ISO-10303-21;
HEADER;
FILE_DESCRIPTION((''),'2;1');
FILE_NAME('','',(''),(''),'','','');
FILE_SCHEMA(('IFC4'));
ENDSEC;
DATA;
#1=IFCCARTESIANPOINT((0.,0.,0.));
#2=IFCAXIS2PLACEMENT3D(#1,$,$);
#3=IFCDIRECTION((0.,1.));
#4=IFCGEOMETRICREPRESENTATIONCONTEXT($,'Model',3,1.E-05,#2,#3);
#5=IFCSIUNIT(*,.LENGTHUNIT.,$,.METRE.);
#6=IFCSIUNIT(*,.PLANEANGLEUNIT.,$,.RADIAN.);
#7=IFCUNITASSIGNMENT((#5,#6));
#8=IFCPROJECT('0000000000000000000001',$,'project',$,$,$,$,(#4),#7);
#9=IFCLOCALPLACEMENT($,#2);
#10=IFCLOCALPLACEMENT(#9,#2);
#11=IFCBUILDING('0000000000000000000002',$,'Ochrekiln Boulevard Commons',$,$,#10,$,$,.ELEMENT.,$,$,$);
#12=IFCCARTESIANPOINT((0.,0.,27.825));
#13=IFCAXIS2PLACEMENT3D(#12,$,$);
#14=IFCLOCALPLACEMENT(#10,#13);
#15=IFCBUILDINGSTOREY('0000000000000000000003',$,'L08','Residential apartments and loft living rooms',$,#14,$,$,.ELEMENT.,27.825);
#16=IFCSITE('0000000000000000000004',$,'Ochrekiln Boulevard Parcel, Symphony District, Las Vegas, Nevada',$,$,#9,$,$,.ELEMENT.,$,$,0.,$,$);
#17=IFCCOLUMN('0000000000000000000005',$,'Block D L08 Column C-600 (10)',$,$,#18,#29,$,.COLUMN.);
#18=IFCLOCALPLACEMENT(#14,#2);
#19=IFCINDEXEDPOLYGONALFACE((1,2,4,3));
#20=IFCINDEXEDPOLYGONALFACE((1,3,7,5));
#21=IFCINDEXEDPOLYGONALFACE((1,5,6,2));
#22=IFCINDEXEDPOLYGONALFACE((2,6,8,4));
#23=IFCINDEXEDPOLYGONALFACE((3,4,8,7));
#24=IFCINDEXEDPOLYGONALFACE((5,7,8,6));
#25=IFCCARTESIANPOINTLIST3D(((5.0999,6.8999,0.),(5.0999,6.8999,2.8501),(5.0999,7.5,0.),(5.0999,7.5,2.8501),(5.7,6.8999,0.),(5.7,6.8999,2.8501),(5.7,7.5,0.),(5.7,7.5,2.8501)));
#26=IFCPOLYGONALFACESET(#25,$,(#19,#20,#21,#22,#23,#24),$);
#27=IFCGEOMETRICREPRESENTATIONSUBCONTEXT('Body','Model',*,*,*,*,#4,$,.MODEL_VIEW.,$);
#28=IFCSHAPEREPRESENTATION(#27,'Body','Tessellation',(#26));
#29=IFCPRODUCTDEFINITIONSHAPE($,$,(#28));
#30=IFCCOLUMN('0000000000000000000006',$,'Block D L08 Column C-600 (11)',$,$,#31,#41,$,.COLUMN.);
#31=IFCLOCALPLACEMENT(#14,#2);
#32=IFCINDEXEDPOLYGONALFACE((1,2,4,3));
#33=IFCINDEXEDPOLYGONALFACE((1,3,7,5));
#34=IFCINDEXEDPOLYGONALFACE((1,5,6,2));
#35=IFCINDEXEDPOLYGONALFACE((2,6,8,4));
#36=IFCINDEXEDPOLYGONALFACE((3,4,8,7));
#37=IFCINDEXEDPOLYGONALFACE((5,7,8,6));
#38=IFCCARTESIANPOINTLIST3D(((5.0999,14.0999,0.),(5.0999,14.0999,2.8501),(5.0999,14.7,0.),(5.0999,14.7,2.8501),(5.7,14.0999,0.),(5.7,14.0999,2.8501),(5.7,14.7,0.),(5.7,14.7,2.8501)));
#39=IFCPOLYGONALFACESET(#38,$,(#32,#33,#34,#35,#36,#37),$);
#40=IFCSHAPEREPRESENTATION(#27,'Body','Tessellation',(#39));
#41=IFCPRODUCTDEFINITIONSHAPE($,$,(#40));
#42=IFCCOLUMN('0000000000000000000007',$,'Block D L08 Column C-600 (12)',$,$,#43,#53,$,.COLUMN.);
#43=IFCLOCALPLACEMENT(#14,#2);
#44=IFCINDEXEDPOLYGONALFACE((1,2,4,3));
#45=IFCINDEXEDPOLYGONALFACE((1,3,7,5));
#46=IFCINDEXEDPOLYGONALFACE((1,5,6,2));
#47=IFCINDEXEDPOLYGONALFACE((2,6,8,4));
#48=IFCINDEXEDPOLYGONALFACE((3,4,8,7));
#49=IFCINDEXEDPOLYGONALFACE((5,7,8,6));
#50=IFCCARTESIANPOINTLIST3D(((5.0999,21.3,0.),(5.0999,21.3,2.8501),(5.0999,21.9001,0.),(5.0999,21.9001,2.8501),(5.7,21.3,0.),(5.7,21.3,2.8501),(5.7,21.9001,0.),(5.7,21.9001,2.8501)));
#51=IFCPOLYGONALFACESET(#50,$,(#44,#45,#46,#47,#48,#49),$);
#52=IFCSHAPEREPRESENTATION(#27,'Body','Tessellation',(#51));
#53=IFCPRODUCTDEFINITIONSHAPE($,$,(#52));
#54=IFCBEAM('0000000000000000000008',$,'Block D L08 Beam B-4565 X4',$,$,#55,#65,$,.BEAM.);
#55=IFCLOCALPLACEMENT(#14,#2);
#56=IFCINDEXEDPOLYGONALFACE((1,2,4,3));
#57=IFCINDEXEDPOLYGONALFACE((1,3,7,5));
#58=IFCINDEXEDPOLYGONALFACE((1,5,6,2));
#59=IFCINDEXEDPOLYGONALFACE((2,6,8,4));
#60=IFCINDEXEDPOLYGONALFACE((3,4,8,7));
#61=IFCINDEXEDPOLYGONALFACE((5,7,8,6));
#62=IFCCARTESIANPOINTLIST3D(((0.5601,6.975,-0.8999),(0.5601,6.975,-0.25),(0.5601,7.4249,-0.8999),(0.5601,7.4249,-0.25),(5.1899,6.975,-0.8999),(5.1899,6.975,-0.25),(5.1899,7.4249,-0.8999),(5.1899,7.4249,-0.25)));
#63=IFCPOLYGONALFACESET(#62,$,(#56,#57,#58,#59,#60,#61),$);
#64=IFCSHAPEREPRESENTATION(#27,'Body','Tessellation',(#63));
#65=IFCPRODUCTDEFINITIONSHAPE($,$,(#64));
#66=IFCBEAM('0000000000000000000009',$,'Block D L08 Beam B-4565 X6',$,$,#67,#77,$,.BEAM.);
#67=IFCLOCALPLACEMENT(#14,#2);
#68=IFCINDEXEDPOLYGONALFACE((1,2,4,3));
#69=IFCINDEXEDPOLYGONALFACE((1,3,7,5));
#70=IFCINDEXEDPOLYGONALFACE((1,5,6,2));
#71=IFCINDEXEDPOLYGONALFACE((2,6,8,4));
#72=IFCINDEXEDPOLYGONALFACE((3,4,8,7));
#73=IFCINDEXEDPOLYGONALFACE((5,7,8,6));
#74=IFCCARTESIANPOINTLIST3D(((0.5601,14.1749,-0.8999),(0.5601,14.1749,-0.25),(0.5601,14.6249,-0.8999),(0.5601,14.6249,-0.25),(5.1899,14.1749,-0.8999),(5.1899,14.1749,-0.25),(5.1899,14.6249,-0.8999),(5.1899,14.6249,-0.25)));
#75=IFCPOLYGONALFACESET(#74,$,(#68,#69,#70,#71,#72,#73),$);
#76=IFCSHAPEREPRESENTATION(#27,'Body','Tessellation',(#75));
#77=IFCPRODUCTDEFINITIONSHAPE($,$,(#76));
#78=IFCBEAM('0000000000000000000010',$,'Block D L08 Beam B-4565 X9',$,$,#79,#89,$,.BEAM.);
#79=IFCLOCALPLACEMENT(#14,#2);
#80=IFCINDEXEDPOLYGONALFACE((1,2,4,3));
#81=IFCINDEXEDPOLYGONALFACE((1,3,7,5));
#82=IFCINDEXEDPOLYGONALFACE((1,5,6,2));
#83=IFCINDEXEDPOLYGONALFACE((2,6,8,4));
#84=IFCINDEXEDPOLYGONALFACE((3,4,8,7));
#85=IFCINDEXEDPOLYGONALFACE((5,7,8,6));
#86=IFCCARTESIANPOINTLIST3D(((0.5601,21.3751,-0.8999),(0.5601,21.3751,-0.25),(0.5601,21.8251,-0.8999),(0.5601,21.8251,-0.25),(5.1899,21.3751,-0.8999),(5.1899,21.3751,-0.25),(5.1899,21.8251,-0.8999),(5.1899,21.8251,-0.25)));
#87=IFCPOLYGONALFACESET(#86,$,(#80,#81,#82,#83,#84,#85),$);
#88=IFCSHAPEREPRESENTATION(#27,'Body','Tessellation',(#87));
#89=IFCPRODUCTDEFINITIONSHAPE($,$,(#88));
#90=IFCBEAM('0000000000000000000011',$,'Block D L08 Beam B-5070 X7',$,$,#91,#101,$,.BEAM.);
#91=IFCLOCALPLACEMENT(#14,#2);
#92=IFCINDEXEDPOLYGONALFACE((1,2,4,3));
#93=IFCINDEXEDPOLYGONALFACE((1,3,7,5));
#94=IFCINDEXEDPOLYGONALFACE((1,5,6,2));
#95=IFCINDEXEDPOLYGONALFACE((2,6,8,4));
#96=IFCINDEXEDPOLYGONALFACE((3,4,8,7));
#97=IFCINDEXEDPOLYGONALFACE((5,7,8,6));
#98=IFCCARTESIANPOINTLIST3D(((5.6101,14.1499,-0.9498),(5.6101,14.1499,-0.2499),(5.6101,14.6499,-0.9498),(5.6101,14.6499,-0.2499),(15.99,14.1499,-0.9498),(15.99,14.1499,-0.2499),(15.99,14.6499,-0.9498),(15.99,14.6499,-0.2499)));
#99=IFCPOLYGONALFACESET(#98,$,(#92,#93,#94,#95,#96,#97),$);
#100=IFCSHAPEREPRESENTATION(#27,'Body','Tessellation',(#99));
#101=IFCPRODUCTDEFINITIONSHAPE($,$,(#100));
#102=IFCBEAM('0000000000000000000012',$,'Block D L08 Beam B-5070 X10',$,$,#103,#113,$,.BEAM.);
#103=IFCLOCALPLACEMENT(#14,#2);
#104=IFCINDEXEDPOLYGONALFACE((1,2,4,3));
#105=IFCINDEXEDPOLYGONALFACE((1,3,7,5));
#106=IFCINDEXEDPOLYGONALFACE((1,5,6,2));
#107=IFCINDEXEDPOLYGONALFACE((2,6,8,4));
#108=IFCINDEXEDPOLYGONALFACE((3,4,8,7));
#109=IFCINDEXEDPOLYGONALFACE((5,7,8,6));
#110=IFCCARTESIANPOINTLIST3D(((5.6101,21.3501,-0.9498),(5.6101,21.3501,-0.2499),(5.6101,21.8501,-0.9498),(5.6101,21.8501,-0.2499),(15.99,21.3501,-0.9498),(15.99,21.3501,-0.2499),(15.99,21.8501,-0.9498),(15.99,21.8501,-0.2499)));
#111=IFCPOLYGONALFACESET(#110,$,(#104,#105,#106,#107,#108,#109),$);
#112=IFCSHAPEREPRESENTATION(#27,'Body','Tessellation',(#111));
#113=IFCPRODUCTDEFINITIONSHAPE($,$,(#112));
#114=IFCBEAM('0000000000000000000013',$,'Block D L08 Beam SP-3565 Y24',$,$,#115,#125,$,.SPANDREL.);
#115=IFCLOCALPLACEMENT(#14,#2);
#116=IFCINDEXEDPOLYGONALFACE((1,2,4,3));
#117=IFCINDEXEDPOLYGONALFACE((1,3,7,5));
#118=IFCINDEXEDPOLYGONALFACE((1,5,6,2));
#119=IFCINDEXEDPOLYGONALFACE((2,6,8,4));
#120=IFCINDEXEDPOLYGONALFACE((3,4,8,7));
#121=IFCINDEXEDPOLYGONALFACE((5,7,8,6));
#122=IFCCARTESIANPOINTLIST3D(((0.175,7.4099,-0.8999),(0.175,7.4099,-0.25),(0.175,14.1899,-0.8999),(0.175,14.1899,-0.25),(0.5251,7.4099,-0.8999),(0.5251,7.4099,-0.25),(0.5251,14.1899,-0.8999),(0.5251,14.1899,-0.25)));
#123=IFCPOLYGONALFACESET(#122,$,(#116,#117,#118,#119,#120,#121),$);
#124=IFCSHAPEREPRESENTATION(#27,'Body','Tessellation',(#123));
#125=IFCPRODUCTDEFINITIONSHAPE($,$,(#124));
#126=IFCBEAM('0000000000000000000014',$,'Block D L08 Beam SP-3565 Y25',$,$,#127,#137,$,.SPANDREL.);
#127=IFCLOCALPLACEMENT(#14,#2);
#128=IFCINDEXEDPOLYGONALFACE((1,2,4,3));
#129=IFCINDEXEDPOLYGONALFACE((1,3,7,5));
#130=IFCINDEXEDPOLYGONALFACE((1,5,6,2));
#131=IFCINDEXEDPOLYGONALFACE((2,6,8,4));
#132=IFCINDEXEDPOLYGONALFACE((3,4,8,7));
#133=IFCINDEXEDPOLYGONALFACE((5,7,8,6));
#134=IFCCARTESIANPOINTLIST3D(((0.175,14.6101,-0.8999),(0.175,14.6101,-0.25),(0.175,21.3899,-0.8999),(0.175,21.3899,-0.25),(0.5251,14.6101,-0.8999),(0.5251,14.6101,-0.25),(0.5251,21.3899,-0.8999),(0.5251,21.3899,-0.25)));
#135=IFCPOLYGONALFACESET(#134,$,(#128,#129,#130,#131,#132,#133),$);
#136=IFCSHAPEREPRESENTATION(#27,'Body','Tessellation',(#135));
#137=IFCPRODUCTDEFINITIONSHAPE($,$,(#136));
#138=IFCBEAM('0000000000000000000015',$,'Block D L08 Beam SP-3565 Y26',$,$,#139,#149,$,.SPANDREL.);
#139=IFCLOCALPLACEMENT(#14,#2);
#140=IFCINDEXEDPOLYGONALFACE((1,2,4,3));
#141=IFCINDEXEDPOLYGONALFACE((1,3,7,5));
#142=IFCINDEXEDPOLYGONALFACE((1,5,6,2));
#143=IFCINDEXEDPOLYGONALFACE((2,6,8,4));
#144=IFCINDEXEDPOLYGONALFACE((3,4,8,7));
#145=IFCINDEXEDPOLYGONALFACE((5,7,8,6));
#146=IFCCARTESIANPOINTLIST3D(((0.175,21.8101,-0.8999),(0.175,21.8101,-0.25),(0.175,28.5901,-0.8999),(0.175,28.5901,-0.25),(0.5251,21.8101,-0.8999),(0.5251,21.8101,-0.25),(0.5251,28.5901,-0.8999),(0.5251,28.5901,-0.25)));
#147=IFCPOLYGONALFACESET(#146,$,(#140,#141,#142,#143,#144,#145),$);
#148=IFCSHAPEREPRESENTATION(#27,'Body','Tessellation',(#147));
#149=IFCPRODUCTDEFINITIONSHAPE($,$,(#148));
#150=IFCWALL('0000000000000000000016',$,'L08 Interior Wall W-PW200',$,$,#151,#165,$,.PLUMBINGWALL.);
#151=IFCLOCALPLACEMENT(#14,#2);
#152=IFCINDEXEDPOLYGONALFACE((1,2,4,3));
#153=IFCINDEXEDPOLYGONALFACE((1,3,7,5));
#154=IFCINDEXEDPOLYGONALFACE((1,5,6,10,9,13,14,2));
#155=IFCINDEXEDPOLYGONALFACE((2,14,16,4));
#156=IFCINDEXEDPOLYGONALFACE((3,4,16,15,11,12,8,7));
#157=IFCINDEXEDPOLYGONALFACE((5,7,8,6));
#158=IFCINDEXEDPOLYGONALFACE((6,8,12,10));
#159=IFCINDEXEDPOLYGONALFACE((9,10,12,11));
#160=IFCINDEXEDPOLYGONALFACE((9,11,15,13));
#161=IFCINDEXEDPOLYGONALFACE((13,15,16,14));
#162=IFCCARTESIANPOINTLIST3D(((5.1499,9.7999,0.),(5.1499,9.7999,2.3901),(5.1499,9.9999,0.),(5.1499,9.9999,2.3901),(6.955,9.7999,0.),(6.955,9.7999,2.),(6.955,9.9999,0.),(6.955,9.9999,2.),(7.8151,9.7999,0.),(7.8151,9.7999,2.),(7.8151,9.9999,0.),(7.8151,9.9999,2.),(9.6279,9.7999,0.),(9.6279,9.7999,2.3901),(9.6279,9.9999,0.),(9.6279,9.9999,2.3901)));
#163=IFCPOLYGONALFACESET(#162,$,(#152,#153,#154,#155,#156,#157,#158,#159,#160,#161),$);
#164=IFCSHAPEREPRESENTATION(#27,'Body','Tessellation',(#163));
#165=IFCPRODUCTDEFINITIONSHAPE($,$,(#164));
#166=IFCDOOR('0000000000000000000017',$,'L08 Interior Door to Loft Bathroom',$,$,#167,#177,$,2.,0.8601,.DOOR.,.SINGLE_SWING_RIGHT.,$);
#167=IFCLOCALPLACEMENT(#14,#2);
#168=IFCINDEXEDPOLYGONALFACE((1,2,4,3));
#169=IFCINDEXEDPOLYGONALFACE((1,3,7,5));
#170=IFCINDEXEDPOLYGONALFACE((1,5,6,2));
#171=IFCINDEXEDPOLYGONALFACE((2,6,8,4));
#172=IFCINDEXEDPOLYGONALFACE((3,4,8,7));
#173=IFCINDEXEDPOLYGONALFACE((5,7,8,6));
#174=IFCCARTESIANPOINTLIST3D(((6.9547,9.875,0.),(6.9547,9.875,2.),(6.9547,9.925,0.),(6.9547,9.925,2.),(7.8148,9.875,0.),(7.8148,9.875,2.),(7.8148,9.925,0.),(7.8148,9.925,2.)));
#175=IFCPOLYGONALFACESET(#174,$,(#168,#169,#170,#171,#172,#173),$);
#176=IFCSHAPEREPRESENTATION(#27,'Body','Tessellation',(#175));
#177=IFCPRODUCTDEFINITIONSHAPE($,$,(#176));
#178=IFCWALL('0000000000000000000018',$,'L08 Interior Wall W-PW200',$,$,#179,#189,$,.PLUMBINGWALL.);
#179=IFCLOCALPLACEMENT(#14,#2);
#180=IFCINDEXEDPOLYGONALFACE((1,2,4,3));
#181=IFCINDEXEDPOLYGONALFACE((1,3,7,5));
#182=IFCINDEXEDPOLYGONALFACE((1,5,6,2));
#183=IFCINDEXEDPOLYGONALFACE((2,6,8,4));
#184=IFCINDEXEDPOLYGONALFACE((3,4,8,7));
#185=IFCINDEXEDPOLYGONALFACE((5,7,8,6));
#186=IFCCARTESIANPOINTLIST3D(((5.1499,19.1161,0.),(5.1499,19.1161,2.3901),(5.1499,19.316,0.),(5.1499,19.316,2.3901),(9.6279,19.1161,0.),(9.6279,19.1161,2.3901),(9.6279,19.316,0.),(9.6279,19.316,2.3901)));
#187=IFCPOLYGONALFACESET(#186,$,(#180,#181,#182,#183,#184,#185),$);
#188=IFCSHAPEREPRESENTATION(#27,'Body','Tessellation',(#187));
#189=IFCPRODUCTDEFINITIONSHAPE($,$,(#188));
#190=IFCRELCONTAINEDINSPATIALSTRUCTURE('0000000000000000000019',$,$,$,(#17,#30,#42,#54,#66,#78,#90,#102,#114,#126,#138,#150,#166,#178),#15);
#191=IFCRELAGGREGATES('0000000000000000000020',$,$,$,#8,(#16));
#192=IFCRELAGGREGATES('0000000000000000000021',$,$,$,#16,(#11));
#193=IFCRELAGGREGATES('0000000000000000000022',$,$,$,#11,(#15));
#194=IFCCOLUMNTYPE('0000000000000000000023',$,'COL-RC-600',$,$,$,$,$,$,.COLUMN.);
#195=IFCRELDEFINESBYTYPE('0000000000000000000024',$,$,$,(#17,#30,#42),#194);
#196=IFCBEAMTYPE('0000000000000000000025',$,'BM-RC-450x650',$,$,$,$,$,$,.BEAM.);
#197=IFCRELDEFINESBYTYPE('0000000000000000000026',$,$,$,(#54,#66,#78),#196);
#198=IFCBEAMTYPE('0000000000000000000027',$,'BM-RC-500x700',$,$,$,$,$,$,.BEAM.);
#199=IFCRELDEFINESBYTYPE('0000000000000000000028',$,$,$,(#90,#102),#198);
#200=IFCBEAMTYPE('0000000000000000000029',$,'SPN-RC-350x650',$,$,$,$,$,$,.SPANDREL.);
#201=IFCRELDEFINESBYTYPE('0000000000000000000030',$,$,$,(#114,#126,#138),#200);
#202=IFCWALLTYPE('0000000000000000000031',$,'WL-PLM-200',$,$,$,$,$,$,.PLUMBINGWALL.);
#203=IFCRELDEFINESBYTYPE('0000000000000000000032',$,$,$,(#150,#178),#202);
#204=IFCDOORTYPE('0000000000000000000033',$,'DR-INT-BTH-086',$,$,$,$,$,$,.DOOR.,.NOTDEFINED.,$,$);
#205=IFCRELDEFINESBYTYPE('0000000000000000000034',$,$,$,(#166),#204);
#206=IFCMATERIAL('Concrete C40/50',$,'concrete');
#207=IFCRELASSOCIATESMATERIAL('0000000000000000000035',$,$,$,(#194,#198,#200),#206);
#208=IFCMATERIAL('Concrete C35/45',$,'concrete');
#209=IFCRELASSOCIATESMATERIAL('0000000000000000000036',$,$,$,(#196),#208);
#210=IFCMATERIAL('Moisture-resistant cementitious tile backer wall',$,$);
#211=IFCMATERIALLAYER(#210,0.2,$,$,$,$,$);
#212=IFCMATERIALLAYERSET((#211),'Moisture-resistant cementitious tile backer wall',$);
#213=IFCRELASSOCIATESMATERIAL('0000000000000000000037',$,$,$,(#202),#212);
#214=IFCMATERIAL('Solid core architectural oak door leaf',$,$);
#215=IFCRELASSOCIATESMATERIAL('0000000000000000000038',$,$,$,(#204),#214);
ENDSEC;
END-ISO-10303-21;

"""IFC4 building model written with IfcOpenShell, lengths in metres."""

from ifc_helpers import new_model, si_unit, direction, frame, frame_2d, origin, origin_2d, place, context, subcontext, project, spatial, rectangle, extrude, material, layer, layer_set, material_profile, profile_set, type_object, element, fill, save


model = new_model("IFC4")

# Units and contexts
model_context = context("Model", 3, precision=1e-05, world=origin(), true_north=direction((0.0, 1.0)))
body_context = subcontext(model_context, "Body", "Model", "MODEL_VIEW")
ifc_project = project(units=[si_unit("LENGTHUNIT", "METRE"), si_unit("PLANEANGLEUNIT", "RADIAN")], contexts=[model_context])

# Site, building, storey
site_placement = place(None, origin())
site = spatial("IfcSite", under=ifc_project, at=site_placement, Name="Ochrekiln Boulevard Parcel, Symphony District, Las Vegas, Nevada", CompositionType="ELEMENT", RefElevation=0.0)
building_placement = place(site_placement, origin())
building = spatial("IfcBuilding", under=site, at=building_placement, Name="Ochrekiln Boulevard Commons", CompositionType="ELEMENT")
storey_placement = place(building_placement, frame((0.0, 0.0, 27.825)))
storey = spatial("IfcBuildingStorey", under=building, at=storey_placement, Name="L08", Description="Residential apartments and loft living rooms", CompositionType="ELEMENT", Elevation=27.825)

# Columns
ifc_material_1 = material(Name="Concrete C40/50", Category="concrete")
ifc_material_profile_1 = material_profile(ifc_material_1, rectangle(XDim=0.6001, YDim=0.6001, at=origin_2d()), Name="RC-COL-600x600")
ifc_profile_set_1 = profile_set([ifc_material_profile_1], Name="Concrete C40/50")
column_type = type_object("IfcColumnType", Name="COL-RC-600", PredefinedType="COLUMN", material=ifc_profile_set_1)
for number, where, z_axis, x_axis, name in (
    (1, (5.3999, 7.2, 0.0), (0.0, 0.0, 1.0), (1.0, 0.0, 0.0), "Block D L08 Column C-600 (10)"),
    (2, (5.3999, 14.3999, 0.0), (0.0, 0.0, 1.0), (1.0, 0.0, 0.0), "Block D L08 Column C-600 (11)"),
    (3, (5.3999, 21.6001, 0.0), (0.0, 0.0, 1.0), (1.0, 0.0, 0.0), "Block D L08 Column C-600 (12)"),
):
    element("IfcColumn", number, at=place(storey_placement, frame(where, z_axis=z_axis, x_axis=x_axis)), inside=storey, type_object=column_type, Name=name, PredefinedType="COLUMN", context=body_context, shape_type="SweptSolid", body=[
        extrude(rectangle(XDim=0.6001, YDim=0.6001, at=origin_2d()), origin(), (0.0, 0.0, 1.0), 2.8501),
    ])

# Beams
ifc_material_2 = material(Name="Concrete C35/45", Category="concrete")
ifc_material_profile_2 = material_profile(ifc_material_2, rectangle(XDim=0.45, YDim=0.6499, at=origin_2d()), Name="RC-BM-450x650")
ifc_profile_set_2 = profile_set([ifc_material_profile_2], Name="Concrete C35/45")
beam_type_1 = type_object("IfcBeamType", Name="BM-RC-450x650", PredefinedType="BEAM", material=ifc_profile_set_2)
for number, where, z_axis, x_axis, name in (
    (4, (0.5601, 7.2, -0.575), (1.0, 0.0, 0.0), (0.0, 1.0, 0.0), "Block D L08 Beam B-4565 X4"),
    (5, (0.5601, 14.3999, -0.575), (1.0, 0.0, 0.0), (0.0, 1.0, 0.0), "Block D L08 Beam B-4565 X6"),
    (6, (0.5601, 21.6001, -0.575), (1.0, 0.0, 0.0), (0.0, 1.0, 0.0), "Block D L08 Beam B-4565 X9"),
):
    element("IfcBeam", number, at=place(storey_placement, frame(where, z_axis=z_axis, x_axis=x_axis)), inside=storey, type_object=beam_type_1, Name=name, PredefinedType="BEAM", context=body_context, shape_type="SweptSolid", body=[
        extrude(rectangle(XDim=0.45, YDim=0.6499, at=origin_2d()), origin(), (0.0, 0.0, 1.0), 4.6299),
    ])
ifc_material_profile_3 = material_profile(ifc_material_1, rectangle(XDim=0.5, YDim=0.7, at=origin_2d()), Name="RC-BM-500x700")
ifc_profile_set_3 = profile_set([ifc_material_profile_3], Name="Concrete C40/50")
beam_type_2 = type_object("IfcBeamType", Name="BM-RC-500x700", PredefinedType="BEAM", material=ifc_profile_set_3)
for number, where, z_axis, x_axis, name in (
    (7, (5.6101, 14.3999, -0.5999), (1.0, 0.0, 0.0), (0.0, 1.0, 0.0), "Block D L08 Beam B-5070 X7"),
    (8, (5.6101, 21.6001, -0.5999), (1.0, 0.0, 0.0), (0.0, 1.0, 0.0), "Block D L08 Beam B-5070 X10"),
):
    element("IfcBeam", number, at=place(storey_placement, frame(where, z_axis=z_axis, x_axis=x_axis)), inside=storey, type_object=beam_type_2, Name=name, PredefinedType="BEAM", context=body_context, shape_type="SweptSolid", body=[
        extrude(rectangle(XDim=0.5, YDim=0.7, at=origin_2d()), origin(), (0.0, 0.0, 1.0), 10.3799),
    ])
ifc_material_profile_4 = material_profile(ifc_material_1, rectangle(XDim=0.3501, YDim=0.6499, at=origin_2d()), Name="RC-SPN-350x650")
ifc_profile_set_4 = profile_set([ifc_material_profile_4], Name="Concrete C40/50")
beam_type_3 = type_object("IfcBeamType", Name="SPN-RC-350x650", PredefinedType="SPANDREL", material=ifc_profile_set_4)
beam_1_placement = place(storey_placement, frame((0.3501, 7.4099, -0.575), z_axis=(0.0, 1.0, 0.0), x_axis=(-1.0, 0.0, 0.0)))
element("IfcBeam", 9, at=beam_1_placement, inside=storey, type_object=beam_type_3, Name="Block D L08 Beam SP-3565 Y24", PredefinedType="SPANDREL", context=body_context, shape_type="SweptSolid", body=[
    extrude(rectangle(XDim=0.3501, YDim=0.6499, at=origin_2d()), origin(), (0.0, 0.0, 1.0), 6.78),
])
beam_2_placement = place(storey_placement, frame((0.3501, 14.6101, -0.575), z_axis=(0.0, 1.0, 0.0), x_axis=(-1.0, 0.0, 0.0)))
element("IfcBeam", 10, at=beam_2_placement, inside=storey, type_object=beam_type_3, Name="Block D L08 Beam SP-3565 Y25", PredefinedType="SPANDREL", context=body_context, shape_type="SweptSolid", body=[
    extrude(rectangle(XDim=0.3501, YDim=0.6499, at=origin_2d()), origin(), (0.0, 0.0, 1.0), 6.7798),
])
beam_3_placement = place(storey_placement, frame((0.3501, 21.8101, -0.575), z_axis=(0.0, 1.0, 0.0), x_axis=(-1.0, 0.0, 0.0)))
element("IfcBeam", 11, at=beam_3_placement, inside=storey, type_object=beam_type_3, Name="Block D L08 Beam SP-3565 Y26", PredefinedType="SPANDREL", context=body_context, shape_type="SweptSolid", body=[
    extrude(rectangle(XDim=0.3501, YDim=0.6499, at=origin_2d()), origin(), (0.0, 0.0, 1.0), 6.78),
])

# Wall, opening, door
ifc_material_3 = material(Name="Moisture-resistant cementitious tile backer wall")
ifc_layer_1 = layer(ifc_material_3, 0.2)
ifc_layer_set_1 = layer_set([ifc_layer_1], Name="Moisture-resistant cementitious tile backer wall")
wall_type_1 = type_object("IfcWallType", Name="WL-PLM-200", PredefinedType="PLUMBINGWALL", material=ifc_layer_set_1)
wall_1_placement = place(storey_placement, frame((5.1499, 9.8999, 0.0), z_axis=(0.0, 0.0, 1.0), x_axis=(1.0, 0.0, 0.0)))
wall_1 = element("IfcWall", 12, at=wall_1_placement, inside=storey, type_object=wall_type_1, Name="L08 Interior Wall W-PW200", PredefinedType="PLUMBINGWALL", context=body_context, shape_type="SweptSolid", body=[
    extrude(rectangle(XDim=4.478, YDim=0.2, at=frame_2d((2.239, 0.0))), origin(), (0.0, 0.0, 1.0), 2.3901),
])
opening_1_placement = place(wall_1_placement, frame((1.8049, 0.0, 0.0)))
opening_1 = element("IfcOpeningElement", 13, at=opening_1_placement, cuts=wall_1, PredefinedType="OPENING", context=body_context, shape_type="SweptSolid", body=[
    extrude(rectangle(XDim=0.8601, YDim=2.0, at=frame_2d((0.4302, 1.0))), frame((0.0, 0.1099, 0.0), z_axis=(0.0, -1.0, 0.0), x_axis=(1.0, 0.0, 0.0)), (0.0, 0.0, 1.0), 0.22),
])
ifc_material_4 = material(Name="Solid core architectural oak door leaf")
door_type_1 = type_object("IfcDoorType", Name="DR-INT-BTH-086", OperationType="NOTDEFINED", PredefinedType="DOOR", material=ifc_material_4)
door_1_placement = place(opening_1_placement, frame((0.8601, 0.0, 0.0), z_axis=(0.0, 0.0, 1.0), x_axis=(-1.0, 0.0, 0.0)))
door_1 = element("IfcDoor", 14, at=door_1_placement, inside=storey, type_object=door_type_1, Name="L08 Interior Door to Loft Bathroom", OperationType="SINGLE_SWING_RIGHT", OverallHeight=2.0, OverallWidth=0.8601, PredefinedType="DOOR", context=body_context, shape_type="SweptSolid", body=[
    extrude(rectangle(XDim=0.8601, YDim=2.0, at=frame_2d((0.4302, 1.0))), frame((0.0, 0.0249, 0.0), z_axis=(0.0, -1.0, 0.0), x_axis=(1.0, 0.0, 0.0)), (0.0, 0.0, 1.0), 0.05),
])
fill(opening_1, door_1)

# Wall
wall_2_placement = place(storey_placement, frame((5.1499, 19.2161, 0.0), z_axis=(0.0, 0.0, 1.0), x_axis=(1.0, 0.0, 0.0)))
element("IfcWall", 15, at=wall_2_placement, inside=storey, type_object=wall_type_1, Name="L08 Interior Wall W-PW200", PredefinedType="PLUMBINGWALL", context=body_context, shape_type="SweptSolid", body=[
    extrude(rectangle(XDim=4.478, YDim=0.2, at=frame_2d((2.239, 0.0))), origin(), (0.0, 0.0, 1.0), 2.3901),
])

save(model, "model.ifc")
